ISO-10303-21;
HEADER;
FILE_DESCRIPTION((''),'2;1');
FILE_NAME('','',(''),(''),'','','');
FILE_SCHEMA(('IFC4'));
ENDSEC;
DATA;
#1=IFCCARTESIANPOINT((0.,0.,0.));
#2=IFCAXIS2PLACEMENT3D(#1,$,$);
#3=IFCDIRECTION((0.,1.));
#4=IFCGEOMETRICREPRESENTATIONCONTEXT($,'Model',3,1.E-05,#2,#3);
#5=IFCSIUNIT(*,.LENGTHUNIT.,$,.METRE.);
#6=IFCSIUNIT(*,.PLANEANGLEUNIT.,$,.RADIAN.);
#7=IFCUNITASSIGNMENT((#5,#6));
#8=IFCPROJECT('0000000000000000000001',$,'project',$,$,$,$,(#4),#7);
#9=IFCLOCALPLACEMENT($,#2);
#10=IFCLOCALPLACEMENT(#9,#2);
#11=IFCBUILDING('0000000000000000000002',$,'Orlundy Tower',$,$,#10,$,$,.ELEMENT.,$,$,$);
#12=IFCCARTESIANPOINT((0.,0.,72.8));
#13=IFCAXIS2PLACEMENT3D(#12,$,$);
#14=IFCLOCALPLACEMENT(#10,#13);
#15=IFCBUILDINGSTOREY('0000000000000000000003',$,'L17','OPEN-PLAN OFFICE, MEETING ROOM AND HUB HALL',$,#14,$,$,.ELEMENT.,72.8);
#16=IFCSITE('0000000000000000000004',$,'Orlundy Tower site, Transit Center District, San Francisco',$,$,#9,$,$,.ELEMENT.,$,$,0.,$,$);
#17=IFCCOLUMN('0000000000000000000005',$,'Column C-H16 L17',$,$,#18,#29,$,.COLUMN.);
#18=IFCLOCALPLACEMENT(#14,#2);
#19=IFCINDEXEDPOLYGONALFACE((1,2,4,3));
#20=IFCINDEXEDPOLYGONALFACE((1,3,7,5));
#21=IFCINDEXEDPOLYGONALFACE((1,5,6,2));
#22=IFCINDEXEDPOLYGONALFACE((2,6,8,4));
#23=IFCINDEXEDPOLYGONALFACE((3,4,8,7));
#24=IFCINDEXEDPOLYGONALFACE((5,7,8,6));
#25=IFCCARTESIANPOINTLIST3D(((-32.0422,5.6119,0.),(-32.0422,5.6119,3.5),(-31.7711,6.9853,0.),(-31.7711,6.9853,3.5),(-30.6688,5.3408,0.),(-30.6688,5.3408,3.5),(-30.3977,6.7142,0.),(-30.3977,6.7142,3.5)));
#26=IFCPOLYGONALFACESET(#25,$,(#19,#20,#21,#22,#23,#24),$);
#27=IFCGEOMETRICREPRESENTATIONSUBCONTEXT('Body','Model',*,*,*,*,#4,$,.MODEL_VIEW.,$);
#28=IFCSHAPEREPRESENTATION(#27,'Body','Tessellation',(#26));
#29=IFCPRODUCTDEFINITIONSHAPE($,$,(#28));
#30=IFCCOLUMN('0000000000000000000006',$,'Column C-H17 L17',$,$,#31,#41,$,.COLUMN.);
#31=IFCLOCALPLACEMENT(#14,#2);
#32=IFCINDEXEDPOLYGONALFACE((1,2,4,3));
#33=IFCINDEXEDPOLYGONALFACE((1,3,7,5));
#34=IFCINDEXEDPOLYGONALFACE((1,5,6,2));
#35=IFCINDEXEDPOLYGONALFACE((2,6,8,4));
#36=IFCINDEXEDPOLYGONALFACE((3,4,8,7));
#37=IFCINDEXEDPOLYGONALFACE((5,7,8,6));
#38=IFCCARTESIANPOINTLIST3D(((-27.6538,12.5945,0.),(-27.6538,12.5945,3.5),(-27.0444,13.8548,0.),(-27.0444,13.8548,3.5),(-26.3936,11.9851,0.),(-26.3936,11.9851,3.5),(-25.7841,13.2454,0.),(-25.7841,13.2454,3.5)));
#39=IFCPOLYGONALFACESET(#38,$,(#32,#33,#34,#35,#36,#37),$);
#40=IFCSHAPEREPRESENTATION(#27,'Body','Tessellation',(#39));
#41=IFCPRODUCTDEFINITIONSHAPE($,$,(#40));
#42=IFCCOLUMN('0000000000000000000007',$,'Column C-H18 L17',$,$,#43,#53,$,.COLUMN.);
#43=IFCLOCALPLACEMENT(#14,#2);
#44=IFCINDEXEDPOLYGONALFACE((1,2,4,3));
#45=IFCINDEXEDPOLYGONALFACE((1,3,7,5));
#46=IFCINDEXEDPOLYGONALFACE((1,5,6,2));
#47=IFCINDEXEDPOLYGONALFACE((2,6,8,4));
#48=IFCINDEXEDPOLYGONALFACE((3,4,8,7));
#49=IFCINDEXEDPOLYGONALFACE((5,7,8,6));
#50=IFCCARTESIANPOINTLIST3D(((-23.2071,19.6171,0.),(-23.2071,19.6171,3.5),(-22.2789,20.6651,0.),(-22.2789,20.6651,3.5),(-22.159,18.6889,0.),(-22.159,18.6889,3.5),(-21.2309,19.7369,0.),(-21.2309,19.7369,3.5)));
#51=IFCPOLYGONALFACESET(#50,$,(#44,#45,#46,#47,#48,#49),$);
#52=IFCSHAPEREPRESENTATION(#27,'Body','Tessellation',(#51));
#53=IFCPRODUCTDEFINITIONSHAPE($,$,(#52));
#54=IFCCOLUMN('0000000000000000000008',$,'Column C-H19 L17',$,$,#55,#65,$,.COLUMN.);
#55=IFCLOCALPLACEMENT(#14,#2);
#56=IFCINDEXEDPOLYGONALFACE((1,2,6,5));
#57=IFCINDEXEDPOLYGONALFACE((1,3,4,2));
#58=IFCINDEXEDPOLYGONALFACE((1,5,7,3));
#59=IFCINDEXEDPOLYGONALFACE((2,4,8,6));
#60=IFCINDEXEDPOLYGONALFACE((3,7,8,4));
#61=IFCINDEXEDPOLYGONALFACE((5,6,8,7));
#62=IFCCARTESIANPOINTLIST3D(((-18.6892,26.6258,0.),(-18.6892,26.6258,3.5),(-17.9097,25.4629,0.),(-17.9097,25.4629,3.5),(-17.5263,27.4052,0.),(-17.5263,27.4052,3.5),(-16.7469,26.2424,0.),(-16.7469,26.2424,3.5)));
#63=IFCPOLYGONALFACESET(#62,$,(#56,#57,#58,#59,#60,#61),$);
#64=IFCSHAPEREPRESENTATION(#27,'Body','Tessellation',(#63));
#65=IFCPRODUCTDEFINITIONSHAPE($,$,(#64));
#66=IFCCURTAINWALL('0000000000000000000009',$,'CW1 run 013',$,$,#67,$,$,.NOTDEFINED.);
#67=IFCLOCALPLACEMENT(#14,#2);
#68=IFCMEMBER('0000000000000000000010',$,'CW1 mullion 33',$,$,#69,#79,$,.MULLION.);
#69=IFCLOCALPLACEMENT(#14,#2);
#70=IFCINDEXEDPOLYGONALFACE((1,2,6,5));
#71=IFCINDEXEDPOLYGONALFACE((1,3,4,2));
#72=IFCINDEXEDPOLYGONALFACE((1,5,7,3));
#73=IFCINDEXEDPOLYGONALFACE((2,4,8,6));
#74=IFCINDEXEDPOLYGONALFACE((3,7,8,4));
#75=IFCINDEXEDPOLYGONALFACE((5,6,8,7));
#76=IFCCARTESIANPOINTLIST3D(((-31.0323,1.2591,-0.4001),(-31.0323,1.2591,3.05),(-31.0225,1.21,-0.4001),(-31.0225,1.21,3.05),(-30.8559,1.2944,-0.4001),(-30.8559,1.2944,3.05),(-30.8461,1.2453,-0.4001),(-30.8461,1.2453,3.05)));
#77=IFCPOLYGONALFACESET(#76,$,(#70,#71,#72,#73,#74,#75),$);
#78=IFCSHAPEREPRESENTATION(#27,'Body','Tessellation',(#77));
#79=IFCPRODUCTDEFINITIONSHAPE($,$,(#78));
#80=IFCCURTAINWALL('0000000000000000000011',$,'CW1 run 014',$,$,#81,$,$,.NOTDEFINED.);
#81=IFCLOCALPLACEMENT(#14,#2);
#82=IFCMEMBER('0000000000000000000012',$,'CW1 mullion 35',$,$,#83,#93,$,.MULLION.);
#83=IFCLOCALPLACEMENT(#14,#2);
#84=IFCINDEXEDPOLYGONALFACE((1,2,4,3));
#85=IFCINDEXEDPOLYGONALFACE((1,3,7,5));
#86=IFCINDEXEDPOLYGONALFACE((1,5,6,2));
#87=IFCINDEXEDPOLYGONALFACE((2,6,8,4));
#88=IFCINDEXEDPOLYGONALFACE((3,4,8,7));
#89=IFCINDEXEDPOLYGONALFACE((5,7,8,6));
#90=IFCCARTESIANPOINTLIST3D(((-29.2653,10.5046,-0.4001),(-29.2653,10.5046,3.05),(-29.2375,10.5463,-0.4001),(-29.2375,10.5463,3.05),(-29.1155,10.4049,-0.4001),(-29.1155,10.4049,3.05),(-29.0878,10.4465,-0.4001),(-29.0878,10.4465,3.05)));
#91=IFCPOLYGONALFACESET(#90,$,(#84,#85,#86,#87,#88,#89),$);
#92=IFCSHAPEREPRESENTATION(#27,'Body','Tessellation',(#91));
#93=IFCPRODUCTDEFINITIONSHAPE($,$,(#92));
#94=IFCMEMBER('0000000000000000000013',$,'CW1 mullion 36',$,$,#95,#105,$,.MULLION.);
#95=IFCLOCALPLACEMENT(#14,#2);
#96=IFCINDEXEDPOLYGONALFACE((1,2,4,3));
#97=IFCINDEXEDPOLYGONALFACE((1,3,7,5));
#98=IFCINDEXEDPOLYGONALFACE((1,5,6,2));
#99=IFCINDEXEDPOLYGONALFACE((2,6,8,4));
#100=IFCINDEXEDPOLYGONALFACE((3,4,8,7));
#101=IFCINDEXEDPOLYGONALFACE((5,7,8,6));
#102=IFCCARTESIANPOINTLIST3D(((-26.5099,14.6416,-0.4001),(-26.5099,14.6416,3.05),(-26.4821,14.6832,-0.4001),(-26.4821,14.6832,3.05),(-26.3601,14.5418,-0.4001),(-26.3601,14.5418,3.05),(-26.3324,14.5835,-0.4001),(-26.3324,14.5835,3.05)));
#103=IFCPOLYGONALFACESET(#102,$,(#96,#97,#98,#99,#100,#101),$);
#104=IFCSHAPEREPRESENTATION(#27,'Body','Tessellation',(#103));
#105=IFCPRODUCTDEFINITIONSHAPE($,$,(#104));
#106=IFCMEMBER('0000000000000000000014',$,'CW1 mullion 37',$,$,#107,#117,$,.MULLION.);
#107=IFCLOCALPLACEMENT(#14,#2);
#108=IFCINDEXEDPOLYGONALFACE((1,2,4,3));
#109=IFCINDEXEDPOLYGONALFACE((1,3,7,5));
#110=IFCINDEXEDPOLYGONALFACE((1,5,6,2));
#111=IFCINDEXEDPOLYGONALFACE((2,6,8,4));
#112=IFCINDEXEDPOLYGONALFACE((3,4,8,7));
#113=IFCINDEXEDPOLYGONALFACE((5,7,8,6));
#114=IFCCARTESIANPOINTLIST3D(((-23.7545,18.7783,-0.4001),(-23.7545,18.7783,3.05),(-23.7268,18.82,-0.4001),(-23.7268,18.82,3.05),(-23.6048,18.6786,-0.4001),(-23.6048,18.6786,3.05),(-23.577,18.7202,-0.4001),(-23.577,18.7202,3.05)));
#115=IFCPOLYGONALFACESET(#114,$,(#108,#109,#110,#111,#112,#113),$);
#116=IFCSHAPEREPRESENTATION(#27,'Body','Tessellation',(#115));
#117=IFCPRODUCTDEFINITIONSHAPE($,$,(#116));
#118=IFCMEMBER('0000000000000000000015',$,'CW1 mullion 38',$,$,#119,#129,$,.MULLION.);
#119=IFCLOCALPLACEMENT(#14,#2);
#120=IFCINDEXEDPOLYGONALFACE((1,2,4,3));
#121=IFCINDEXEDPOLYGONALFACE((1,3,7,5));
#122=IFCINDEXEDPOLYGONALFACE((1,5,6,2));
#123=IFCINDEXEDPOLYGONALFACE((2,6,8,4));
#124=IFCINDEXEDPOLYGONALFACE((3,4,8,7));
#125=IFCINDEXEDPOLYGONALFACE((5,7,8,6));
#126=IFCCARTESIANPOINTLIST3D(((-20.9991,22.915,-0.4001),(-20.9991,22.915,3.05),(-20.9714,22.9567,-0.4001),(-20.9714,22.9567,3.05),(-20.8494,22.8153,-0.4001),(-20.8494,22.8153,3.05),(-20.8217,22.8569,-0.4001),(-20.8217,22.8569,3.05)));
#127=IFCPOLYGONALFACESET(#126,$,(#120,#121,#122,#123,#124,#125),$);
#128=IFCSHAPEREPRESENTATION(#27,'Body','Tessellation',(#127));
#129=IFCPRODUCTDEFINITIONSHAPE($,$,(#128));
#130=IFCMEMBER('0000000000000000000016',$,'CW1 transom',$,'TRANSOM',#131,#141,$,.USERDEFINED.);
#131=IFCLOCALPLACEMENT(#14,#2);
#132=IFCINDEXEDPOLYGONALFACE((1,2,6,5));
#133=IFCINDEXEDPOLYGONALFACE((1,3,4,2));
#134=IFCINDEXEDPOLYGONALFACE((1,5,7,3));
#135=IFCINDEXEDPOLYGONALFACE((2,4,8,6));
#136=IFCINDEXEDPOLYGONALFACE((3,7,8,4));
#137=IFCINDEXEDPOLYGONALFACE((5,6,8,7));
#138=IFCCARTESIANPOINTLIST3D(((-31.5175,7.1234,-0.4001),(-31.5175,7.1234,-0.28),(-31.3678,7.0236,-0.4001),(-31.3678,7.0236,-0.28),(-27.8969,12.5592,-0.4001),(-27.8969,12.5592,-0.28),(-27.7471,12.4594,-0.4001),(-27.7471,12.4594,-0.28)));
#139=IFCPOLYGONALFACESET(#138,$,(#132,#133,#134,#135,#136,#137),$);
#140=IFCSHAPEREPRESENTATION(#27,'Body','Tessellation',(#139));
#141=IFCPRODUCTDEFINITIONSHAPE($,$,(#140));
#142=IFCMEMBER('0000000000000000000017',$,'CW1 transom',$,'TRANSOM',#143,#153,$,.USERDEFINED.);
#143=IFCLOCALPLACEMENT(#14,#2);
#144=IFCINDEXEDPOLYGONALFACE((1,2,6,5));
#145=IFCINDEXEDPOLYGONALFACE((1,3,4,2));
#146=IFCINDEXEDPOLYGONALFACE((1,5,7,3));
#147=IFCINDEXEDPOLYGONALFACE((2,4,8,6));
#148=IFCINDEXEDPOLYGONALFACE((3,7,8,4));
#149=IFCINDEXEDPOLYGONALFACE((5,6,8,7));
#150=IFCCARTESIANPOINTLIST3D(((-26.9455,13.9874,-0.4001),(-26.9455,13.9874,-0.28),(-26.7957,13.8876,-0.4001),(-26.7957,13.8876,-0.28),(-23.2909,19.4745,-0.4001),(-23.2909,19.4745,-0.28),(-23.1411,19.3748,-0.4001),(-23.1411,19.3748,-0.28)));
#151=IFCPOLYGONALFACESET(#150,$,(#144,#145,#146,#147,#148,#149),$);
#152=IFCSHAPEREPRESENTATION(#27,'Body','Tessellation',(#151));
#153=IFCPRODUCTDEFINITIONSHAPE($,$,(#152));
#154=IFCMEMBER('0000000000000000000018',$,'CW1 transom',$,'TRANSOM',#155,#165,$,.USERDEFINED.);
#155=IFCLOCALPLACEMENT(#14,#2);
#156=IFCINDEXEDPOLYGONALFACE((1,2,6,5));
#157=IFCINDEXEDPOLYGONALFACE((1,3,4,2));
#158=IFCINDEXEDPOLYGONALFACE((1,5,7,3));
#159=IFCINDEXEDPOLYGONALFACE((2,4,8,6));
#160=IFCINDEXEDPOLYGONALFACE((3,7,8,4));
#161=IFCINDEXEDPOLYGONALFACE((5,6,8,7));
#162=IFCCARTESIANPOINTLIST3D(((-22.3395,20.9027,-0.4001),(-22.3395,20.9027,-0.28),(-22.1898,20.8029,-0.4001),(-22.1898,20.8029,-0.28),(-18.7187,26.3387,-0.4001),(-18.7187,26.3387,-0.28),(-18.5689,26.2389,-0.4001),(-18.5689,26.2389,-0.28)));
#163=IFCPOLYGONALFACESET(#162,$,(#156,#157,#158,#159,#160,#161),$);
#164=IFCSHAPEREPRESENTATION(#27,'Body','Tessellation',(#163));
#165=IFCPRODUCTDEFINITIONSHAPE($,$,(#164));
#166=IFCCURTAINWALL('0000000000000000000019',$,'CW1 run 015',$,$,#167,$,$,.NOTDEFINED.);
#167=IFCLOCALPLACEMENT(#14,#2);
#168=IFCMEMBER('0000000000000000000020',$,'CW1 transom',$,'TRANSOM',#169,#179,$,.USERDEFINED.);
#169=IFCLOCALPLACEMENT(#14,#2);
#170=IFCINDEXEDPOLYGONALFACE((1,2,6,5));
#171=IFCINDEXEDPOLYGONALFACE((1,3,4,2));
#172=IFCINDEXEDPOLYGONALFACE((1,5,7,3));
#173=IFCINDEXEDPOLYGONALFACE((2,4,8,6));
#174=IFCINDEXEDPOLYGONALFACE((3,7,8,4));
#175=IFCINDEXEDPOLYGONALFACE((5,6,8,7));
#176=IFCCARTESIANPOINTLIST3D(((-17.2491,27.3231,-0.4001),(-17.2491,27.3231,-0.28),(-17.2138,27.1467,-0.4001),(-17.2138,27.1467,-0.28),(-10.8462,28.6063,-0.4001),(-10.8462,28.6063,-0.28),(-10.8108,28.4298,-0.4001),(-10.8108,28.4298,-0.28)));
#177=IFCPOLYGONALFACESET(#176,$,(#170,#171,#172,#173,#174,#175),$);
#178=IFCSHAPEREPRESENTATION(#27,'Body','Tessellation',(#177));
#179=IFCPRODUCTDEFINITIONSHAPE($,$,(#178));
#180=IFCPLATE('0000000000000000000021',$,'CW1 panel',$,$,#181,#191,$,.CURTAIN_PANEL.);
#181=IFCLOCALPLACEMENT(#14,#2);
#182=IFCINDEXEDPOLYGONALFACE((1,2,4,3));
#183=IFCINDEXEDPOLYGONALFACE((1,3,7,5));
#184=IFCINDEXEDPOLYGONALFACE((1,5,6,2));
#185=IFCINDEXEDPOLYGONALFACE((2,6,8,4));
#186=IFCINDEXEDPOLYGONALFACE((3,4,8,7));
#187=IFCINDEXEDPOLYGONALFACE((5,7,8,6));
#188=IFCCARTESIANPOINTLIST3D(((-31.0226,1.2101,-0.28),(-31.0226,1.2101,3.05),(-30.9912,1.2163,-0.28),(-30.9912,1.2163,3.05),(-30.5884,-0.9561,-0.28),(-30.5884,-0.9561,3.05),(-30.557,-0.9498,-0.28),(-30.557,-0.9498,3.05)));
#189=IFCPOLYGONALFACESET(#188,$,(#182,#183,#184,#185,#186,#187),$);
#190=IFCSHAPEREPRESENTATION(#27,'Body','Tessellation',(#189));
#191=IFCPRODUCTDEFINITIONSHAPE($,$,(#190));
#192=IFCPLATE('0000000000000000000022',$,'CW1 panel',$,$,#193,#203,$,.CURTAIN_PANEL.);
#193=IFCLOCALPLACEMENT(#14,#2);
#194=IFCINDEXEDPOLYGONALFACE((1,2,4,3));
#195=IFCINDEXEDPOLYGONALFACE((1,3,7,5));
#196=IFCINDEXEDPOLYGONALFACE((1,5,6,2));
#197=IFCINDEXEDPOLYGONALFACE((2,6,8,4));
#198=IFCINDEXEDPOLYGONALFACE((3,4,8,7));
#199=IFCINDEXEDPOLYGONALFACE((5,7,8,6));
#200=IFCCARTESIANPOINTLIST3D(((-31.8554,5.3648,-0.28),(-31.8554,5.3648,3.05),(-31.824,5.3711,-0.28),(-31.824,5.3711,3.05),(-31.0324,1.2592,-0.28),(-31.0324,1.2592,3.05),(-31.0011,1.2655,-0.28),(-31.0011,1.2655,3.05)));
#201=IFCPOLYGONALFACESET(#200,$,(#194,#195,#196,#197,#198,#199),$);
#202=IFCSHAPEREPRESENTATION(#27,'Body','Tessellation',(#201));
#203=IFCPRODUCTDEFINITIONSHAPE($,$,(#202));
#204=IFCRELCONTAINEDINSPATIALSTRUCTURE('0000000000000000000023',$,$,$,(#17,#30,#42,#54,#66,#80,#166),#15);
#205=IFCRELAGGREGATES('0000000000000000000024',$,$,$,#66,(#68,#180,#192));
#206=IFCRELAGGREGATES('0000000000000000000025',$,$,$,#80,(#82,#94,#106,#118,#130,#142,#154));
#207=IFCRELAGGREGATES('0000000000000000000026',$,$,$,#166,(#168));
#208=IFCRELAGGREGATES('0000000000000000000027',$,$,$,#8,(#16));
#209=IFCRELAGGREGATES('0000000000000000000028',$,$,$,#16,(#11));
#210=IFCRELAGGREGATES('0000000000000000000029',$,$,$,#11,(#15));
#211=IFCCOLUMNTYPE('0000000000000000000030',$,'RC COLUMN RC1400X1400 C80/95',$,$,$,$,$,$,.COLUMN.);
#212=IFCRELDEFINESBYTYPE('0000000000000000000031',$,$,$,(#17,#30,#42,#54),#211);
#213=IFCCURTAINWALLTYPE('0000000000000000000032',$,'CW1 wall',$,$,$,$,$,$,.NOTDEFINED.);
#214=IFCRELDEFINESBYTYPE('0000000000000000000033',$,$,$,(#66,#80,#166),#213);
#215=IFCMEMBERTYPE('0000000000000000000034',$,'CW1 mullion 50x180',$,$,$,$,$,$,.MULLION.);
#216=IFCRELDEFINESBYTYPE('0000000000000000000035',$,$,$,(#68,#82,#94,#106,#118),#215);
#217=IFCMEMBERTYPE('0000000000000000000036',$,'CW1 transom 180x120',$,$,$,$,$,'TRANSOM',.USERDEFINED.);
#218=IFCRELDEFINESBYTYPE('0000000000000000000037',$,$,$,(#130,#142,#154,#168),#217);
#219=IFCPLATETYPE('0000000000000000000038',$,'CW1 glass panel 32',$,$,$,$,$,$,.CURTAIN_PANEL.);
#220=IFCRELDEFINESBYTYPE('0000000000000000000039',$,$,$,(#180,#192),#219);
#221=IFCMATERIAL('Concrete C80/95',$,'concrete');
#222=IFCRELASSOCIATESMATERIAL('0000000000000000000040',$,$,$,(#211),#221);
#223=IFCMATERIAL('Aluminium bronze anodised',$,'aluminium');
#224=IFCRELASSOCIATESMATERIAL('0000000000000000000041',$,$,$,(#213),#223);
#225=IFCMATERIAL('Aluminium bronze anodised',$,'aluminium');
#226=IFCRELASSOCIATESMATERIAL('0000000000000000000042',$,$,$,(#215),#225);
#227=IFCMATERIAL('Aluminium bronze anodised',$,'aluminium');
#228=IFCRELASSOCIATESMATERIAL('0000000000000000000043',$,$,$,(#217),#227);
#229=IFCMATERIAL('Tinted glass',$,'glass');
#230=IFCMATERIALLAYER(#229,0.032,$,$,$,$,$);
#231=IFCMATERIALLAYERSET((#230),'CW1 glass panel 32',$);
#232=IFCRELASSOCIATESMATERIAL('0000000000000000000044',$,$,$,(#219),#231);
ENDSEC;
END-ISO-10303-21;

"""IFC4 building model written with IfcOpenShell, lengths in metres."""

from ifc_helpers import new_model, si_unit, direction, frame, origin, origin_2d, place, context, subcontext, project, spatial, rectangle, extrude, material, layer, layer_set, material_profile, profile_set, type_object, element, aggregate, save


model = new_model("IFC4")

# Units and contexts
model_context = context("Model", 3, precision=1e-05, world=origin(), true_north=direction((0.0, 1.0)))
body_context = subcontext(model_context, "Body", "Model", "MODEL_VIEW")
ifc_project = project(units=[si_unit("LENGTHUNIT", "METRE"), si_unit("PLANEANGLEUNIT", "RADIAN")], contexts=[model_context])

# Site, building, storey
site_placement = place(None, origin())
site = spatial("IfcSite", under=ifc_project, at=site_placement, Name="Orlundy Tower site, Transit Center District, San Francisco", CompositionType="ELEMENT", RefElevation=0.0)
building_placement = place(site_placement, origin())
building = spatial("IfcBuilding", under=site, at=building_placement, Name="Orlundy Tower", CompositionType="ELEMENT")
storey_placement = place(building_placement, frame((0.0, 0.0, 72.8)))
storey = spatial("IfcBuildingStorey", under=building, at=storey_placement, Name="L17", Description="OPEN-PLAN OFFICE, MEETING ROOM AND HUB HALL", CompositionType="ELEMENT", Elevation=72.8)

# Columns
ifc_material_1 = material(Name="Concrete C80/95", Category="concrete")
ifc_material_profile_1 = material_profile(ifc_material_1, rectangle(XDim=1.3999, YDim=1.3999, at=origin_2d()), Name="RC1400X1400")
ifc_profile_set_1 = profile_set([ifc_material_profile_1], Name="Concrete C80/95")
column_type = type_object("IfcColumnType", Name="RC COLUMN RC1400X1400 C80/95", PredefinedType="COLUMN", material=ifc_profile_set_1)
for number, where, z_axis, x_axis, name in (
    (1, (-31.22, 6.1631, 0.0), (0.0, 0.0, 1.0), (-0.981067, 0.193669, 0.0), "Column C-H16 L17"),
    (2, (-26.719, 12.9199, 0.0), (0.0, 0.0, 1.0), (-0.900273, 0.435325, 0.0), "Column C-H17 L17"),
    (3, (-22.219, 19.677, 0.0), (0.0, 0.0, 1.0), (-0.748632, 0.662986, 0.0), "Column C-H18 L17"),
    (4, (-17.718, 26.4341, 0.0), (0.0, 0.0, 1.0), (-0.556774, 0.830664, 0.0), "Column C-H19 L17"),
):
    element("IfcColumn", number, at=place(storey_placement, frame(where, z_axis=z_axis, x_axis=x_axis)), inside=storey, type_object=column_type, Name=name, PredefinedType="COLUMN", context=body_context, shape_type="SweptSolid", body=[
        extrude(rectangle(XDim=1.3999, YDim=1.3999, at=origin_2d()), origin(), (0.0, 0.0, 1.0), 3.5),
    ])

# Curtain wall, member
ifc_material_2 = material(Name="Aluminium bronze anodised", Category="aluminium")
curtain_wall_type = type_object("IfcCurtainWallType", Name="CW1 wall", PredefinedType="NOTDEFINED", material=ifc_material_2)
curtain_wall_1_placement = place(storey_placement, origin())
curtain_wall_1 = element("IfcCurtainWall", 5, at=curtain_wall_1_placement, inside=storey, type_object=curtain_wall_type, Name="CW1 run 013", PredefinedType="NOTDEFINED")
ifc_material_3 = material(Name="Aluminium bronze anodised", Category="aluminium")
ifc_material_profile_2 = material_profile(ifc_material_3, rectangle(XDim=0.1799, YDim=0.05, at=origin_2d()), Name="CW1 mullion 50x180")
ifc_profile_set_2 = profile_set([ifc_material_profile_2], Name="Aluminium bronze anodised")
member_type_1 = type_object("IfcMemberType", Name="CW1 mullion 50x180", PredefinedType="MULLION", material=ifc_profile_set_2)
member_1_placement = place(storey_placement, frame((-30.9392, 1.2522, -0.4001), z_axis=(0.0, 0.0, 1.0), x_axis=(-0.980498, -0.196529, 0.0)))
member_1 = element("IfcMember", 6, at=member_1_placement, type_object=member_type_1, Name="CW1 mullion 33", PredefinedType="MULLION", context=body_context, shape_type="SweptSolid", body=[
    extrude(rectangle(XDim=0.1799, YDim=0.05, at=origin_2d()), origin(), (0.0, 0.0, 1.0), 3.4502),
])

# Curtain wall, members
curtain_wall_2_placement = place(storey_placement, origin())
curtain_wall_2 = element("IfcCurtainWall", 7, at=curtain_wall_2_placement, inside=storey, type_object=curtain_wall_type, Name="CW1 run 014", PredefinedType="NOTDEFINED")
member_2_placement = place(storey_placement, frame((-29.1765, 10.4756, -0.4001), z_axis=(0.0, 0.0, 1.0), x_axis=(-0.832279, 0.554357, 0.0)))
member_2 = element("IfcMember", 8, at=member_2_placement, type_object=member_type_1, Name="CW1 mullion 35", PredefinedType="MULLION", context=body_context, shape_type="SweptSolid", body=[
    extrude(rectangle(XDim=0.1799, YDim=0.05, at=origin_2d()), origin(), (0.0, 0.0, 1.0), 3.4502),
])
member_3_placement = place(storey_placement, frame((-26.4211, 14.6125, -0.4001), z_axis=(0.0, 0.0, 1.0), x_axis=(-0.832279, 0.554357, 0.0)))
member_3 = element("IfcMember", 9, at=member_3_placement, type_object=member_type_1, Name="CW1 mullion 36", PredefinedType="MULLION", context=body_context, shape_type="SweptSolid", body=[
    extrude(rectangle(XDim=0.1799, YDim=0.05, at=origin_2d()), origin(), (0.0, 0.0, 1.0), 3.4502),
])
member_4_placement = place(storey_placement, frame((-23.6658, 18.7493, -0.4001), z_axis=(0.0, 0.0, 1.0), x_axis=(-0.832279, 0.554357, 0.0)))
member_4 = element("IfcMember", 10, at=member_4_placement, type_object=member_type_1, Name="CW1 mullion 37", PredefinedType="MULLION", context=body_context, shape_type="SweptSolid", body=[
    extrude(rectangle(XDim=0.1799, YDim=0.05, at=origin_2d()), origin(), (0.0, 0.0, 1.0), 3.4502),
])
member_5_placement = place(storey_placement, frame((-20.9104, 22.886, -0.4001), z_axis=(0.0, 0.0, 1.0), x_axis=(-0.832279, 0.554357, 0.0)))
member_5 = element("IfcMember", 11, at=member_5_placement, type_object=member_type_1, Name="CW1 mullion 38", PredefinedType="MULLION", context=body_context, shape_type="SweptSolid", body=[
    extrude(rectangle(XDim=0.1799, YDim=0.05, at=origin_2d()), origin(), (0.0, 0.0, 1.0), 3.4502),
])
ifc_material_4 = material(Name="Aluminium bronze anodised", Category="aluminium")
ifc_material_profile_3 = material_profile(ifc_material_4, rectangle(XDim=0.1799, YDim=0.1201, at=origin_2d()), Name="CW1 transom 180x120")
ifc_profile_set_3 = profile_set([ifc_material_profile_3], Name="Aluminium bronze anodised")
member_type_2 = type_object("IfcMemberType", Name="CW1 transom 180x120", ElementType="TRANSOM", PredefinedType="USERDEFINED", material=ifc_profile_set_3)
member_6_placement = place(storey_placement, frame((-31.4426, 7.0735, -0.3401), z_axis=(0.554355, 0.83228, 0.0), x_axis=(-0.83228, 0.554355, 0.0)))
member_6 = element("IfcMember", 12, at=member_6_placement, type_object=member_type_2, Name="CW1 transom", ObjectType="TRANSOM", PredefinedType="USERDEFINED", context=body_context, shape_type="SweptSolid", body=[
    extrude(rectangle(XDim=0.1799, YDim=0.1201, at=origin_2d()), origin(), (0.0, 0.0, 1.0), 6.5312),
])
member_7_placement = place(storey_placement, frame((-26.8706, 13.9375, -0.3401), z_axis=(0.554333, 0.832295, 0.0), x_axis=(-0.832295, 0.554333, 0.0)))
member_7 = element("IfcMember", 13, at=member_7_placement, type_object=member_type_2, Name="CW1 transom", ObjectType="TRANSOM", PredefinedType="USERDEFINED", context=body_context, shape_type="SweptSolid", body=[
    extrude(rectangle(XDim=0.1799, YDim=0.1201, at=origin_2d()), origin(), (0.0, 0.0, 1.0), 6.5928),
])
member_8_placement = place(storey_placement, frame((-22.2646, 20.8528, -0.3401), z_axis=(0.554364, 0.832274, 0.0), x_axis=(-0.832274, 0.554364, 0.0)))
member_8 = element("IfcMember", 14, at=member_8_placement, type_object=member_type_2, Name="CW1 transom", ObjectType="TRANSOM", PredefinedType="USERDEFINED", context=body_context, shape_type="SweptSolid", body=[
    extrude(rectangle(XDim=0.1799, YDim=0.1201, at=origin_2d()), origin(), (0.0, 0.0, 1.0), 6.5315),
])

# Curtain wall, member
curtain_wall_3_placement = place(storey_placement, origin())
curtain_wall_3 = element("IfcCurtainWall", 15, at=curtain_wall_3_placement, inside=storey, type_object=curtain_wall_type, Name="CW1 run 015", PredefinedType="NOTDEFINED")
member_9_placement = place(storey_placement, frame((-17.2314, 27.2349, -0.3401), z_axis=(0.980504, 0.196497, 0.0), x_axis=(-0.196497, 0.980504, 0.0)))
member_9 = element("IfcMember", 16, at=member_9_placement, type_object=member_type_2, Name="CW1 transom", ObjectType="TRANSOM", PredefinedType="USERDEFINED", context=body_context, shape_type="SweptSolid", body=[
    extrude(rectangle(XDim=0.1799, YDim=0.1201, at=origin_2d()), origin(), (0.0, 0.0, 1.0), 6.5303),
])

# Plates
ifc_material_5 = material(Name="Tinted glass", Category="glass")
ifc_layer_1 = layer(ifc_material_5, 0.032)
ifc_layer_set_1 = layer_set([ifc_layer_1], Name="CW1 glass panel 32")
plate_type = type_object("IfcPlateType", Name="CW1 glass panel 32", PredefinedType="CURTAIN_PANEL", material=ifc_layer_set_1)
plate_1_placement = place(storey_placement, frame((-30.7898, 0.1301, -0.28), z_axis=(0.0, 0.0, 1.0), x_axis=(-0.196529, 0.980498, 0.0)))
plate_1 = element("IfcPlate", 17, at=plate_1_placement, type_object=plate_type, Name="CW1 panel", PredefinedType="CURTAIN_PANEL", context=body_context, shape_type="SweptSolid", body=[
    extrude(rectangle(XDim=2.2092, YDim=0.032, at=origin_2d()), origin(), (0.0, 0.0, 1.0), 3.3301),
])
plate_2_placement = place(storey_placement, frame((-31.4282, 3.3152, -0.28), z_axis=(0.0, 0.0, 1.0), x_axis=(-0.196529, 0.980498, 0.0)))
plate_2 = element("IfcPlate", 18, at=plate_2_placement, type_object=plate_type, Name="CW1 panel", PredefinedType="CURTAIN_PANEL", context=body_context, shape_type="SweptSolid", body=[
    extrude(rectangle(XDim=4.1873, YDim=0.032, at=origin_2d()), origin(), (0.0, 0.0, 1.0), 3.3301),
])
aggregate(curtain_wall_1, [member_1, plate_1, plate_2])
aggregate(curtain_wall_2, [member_2, member_3, member_4, member_5, member_6, member_7, member_8])
aggregate(curtain_wall_3, [member_9])

save(model, "model.ifc")
